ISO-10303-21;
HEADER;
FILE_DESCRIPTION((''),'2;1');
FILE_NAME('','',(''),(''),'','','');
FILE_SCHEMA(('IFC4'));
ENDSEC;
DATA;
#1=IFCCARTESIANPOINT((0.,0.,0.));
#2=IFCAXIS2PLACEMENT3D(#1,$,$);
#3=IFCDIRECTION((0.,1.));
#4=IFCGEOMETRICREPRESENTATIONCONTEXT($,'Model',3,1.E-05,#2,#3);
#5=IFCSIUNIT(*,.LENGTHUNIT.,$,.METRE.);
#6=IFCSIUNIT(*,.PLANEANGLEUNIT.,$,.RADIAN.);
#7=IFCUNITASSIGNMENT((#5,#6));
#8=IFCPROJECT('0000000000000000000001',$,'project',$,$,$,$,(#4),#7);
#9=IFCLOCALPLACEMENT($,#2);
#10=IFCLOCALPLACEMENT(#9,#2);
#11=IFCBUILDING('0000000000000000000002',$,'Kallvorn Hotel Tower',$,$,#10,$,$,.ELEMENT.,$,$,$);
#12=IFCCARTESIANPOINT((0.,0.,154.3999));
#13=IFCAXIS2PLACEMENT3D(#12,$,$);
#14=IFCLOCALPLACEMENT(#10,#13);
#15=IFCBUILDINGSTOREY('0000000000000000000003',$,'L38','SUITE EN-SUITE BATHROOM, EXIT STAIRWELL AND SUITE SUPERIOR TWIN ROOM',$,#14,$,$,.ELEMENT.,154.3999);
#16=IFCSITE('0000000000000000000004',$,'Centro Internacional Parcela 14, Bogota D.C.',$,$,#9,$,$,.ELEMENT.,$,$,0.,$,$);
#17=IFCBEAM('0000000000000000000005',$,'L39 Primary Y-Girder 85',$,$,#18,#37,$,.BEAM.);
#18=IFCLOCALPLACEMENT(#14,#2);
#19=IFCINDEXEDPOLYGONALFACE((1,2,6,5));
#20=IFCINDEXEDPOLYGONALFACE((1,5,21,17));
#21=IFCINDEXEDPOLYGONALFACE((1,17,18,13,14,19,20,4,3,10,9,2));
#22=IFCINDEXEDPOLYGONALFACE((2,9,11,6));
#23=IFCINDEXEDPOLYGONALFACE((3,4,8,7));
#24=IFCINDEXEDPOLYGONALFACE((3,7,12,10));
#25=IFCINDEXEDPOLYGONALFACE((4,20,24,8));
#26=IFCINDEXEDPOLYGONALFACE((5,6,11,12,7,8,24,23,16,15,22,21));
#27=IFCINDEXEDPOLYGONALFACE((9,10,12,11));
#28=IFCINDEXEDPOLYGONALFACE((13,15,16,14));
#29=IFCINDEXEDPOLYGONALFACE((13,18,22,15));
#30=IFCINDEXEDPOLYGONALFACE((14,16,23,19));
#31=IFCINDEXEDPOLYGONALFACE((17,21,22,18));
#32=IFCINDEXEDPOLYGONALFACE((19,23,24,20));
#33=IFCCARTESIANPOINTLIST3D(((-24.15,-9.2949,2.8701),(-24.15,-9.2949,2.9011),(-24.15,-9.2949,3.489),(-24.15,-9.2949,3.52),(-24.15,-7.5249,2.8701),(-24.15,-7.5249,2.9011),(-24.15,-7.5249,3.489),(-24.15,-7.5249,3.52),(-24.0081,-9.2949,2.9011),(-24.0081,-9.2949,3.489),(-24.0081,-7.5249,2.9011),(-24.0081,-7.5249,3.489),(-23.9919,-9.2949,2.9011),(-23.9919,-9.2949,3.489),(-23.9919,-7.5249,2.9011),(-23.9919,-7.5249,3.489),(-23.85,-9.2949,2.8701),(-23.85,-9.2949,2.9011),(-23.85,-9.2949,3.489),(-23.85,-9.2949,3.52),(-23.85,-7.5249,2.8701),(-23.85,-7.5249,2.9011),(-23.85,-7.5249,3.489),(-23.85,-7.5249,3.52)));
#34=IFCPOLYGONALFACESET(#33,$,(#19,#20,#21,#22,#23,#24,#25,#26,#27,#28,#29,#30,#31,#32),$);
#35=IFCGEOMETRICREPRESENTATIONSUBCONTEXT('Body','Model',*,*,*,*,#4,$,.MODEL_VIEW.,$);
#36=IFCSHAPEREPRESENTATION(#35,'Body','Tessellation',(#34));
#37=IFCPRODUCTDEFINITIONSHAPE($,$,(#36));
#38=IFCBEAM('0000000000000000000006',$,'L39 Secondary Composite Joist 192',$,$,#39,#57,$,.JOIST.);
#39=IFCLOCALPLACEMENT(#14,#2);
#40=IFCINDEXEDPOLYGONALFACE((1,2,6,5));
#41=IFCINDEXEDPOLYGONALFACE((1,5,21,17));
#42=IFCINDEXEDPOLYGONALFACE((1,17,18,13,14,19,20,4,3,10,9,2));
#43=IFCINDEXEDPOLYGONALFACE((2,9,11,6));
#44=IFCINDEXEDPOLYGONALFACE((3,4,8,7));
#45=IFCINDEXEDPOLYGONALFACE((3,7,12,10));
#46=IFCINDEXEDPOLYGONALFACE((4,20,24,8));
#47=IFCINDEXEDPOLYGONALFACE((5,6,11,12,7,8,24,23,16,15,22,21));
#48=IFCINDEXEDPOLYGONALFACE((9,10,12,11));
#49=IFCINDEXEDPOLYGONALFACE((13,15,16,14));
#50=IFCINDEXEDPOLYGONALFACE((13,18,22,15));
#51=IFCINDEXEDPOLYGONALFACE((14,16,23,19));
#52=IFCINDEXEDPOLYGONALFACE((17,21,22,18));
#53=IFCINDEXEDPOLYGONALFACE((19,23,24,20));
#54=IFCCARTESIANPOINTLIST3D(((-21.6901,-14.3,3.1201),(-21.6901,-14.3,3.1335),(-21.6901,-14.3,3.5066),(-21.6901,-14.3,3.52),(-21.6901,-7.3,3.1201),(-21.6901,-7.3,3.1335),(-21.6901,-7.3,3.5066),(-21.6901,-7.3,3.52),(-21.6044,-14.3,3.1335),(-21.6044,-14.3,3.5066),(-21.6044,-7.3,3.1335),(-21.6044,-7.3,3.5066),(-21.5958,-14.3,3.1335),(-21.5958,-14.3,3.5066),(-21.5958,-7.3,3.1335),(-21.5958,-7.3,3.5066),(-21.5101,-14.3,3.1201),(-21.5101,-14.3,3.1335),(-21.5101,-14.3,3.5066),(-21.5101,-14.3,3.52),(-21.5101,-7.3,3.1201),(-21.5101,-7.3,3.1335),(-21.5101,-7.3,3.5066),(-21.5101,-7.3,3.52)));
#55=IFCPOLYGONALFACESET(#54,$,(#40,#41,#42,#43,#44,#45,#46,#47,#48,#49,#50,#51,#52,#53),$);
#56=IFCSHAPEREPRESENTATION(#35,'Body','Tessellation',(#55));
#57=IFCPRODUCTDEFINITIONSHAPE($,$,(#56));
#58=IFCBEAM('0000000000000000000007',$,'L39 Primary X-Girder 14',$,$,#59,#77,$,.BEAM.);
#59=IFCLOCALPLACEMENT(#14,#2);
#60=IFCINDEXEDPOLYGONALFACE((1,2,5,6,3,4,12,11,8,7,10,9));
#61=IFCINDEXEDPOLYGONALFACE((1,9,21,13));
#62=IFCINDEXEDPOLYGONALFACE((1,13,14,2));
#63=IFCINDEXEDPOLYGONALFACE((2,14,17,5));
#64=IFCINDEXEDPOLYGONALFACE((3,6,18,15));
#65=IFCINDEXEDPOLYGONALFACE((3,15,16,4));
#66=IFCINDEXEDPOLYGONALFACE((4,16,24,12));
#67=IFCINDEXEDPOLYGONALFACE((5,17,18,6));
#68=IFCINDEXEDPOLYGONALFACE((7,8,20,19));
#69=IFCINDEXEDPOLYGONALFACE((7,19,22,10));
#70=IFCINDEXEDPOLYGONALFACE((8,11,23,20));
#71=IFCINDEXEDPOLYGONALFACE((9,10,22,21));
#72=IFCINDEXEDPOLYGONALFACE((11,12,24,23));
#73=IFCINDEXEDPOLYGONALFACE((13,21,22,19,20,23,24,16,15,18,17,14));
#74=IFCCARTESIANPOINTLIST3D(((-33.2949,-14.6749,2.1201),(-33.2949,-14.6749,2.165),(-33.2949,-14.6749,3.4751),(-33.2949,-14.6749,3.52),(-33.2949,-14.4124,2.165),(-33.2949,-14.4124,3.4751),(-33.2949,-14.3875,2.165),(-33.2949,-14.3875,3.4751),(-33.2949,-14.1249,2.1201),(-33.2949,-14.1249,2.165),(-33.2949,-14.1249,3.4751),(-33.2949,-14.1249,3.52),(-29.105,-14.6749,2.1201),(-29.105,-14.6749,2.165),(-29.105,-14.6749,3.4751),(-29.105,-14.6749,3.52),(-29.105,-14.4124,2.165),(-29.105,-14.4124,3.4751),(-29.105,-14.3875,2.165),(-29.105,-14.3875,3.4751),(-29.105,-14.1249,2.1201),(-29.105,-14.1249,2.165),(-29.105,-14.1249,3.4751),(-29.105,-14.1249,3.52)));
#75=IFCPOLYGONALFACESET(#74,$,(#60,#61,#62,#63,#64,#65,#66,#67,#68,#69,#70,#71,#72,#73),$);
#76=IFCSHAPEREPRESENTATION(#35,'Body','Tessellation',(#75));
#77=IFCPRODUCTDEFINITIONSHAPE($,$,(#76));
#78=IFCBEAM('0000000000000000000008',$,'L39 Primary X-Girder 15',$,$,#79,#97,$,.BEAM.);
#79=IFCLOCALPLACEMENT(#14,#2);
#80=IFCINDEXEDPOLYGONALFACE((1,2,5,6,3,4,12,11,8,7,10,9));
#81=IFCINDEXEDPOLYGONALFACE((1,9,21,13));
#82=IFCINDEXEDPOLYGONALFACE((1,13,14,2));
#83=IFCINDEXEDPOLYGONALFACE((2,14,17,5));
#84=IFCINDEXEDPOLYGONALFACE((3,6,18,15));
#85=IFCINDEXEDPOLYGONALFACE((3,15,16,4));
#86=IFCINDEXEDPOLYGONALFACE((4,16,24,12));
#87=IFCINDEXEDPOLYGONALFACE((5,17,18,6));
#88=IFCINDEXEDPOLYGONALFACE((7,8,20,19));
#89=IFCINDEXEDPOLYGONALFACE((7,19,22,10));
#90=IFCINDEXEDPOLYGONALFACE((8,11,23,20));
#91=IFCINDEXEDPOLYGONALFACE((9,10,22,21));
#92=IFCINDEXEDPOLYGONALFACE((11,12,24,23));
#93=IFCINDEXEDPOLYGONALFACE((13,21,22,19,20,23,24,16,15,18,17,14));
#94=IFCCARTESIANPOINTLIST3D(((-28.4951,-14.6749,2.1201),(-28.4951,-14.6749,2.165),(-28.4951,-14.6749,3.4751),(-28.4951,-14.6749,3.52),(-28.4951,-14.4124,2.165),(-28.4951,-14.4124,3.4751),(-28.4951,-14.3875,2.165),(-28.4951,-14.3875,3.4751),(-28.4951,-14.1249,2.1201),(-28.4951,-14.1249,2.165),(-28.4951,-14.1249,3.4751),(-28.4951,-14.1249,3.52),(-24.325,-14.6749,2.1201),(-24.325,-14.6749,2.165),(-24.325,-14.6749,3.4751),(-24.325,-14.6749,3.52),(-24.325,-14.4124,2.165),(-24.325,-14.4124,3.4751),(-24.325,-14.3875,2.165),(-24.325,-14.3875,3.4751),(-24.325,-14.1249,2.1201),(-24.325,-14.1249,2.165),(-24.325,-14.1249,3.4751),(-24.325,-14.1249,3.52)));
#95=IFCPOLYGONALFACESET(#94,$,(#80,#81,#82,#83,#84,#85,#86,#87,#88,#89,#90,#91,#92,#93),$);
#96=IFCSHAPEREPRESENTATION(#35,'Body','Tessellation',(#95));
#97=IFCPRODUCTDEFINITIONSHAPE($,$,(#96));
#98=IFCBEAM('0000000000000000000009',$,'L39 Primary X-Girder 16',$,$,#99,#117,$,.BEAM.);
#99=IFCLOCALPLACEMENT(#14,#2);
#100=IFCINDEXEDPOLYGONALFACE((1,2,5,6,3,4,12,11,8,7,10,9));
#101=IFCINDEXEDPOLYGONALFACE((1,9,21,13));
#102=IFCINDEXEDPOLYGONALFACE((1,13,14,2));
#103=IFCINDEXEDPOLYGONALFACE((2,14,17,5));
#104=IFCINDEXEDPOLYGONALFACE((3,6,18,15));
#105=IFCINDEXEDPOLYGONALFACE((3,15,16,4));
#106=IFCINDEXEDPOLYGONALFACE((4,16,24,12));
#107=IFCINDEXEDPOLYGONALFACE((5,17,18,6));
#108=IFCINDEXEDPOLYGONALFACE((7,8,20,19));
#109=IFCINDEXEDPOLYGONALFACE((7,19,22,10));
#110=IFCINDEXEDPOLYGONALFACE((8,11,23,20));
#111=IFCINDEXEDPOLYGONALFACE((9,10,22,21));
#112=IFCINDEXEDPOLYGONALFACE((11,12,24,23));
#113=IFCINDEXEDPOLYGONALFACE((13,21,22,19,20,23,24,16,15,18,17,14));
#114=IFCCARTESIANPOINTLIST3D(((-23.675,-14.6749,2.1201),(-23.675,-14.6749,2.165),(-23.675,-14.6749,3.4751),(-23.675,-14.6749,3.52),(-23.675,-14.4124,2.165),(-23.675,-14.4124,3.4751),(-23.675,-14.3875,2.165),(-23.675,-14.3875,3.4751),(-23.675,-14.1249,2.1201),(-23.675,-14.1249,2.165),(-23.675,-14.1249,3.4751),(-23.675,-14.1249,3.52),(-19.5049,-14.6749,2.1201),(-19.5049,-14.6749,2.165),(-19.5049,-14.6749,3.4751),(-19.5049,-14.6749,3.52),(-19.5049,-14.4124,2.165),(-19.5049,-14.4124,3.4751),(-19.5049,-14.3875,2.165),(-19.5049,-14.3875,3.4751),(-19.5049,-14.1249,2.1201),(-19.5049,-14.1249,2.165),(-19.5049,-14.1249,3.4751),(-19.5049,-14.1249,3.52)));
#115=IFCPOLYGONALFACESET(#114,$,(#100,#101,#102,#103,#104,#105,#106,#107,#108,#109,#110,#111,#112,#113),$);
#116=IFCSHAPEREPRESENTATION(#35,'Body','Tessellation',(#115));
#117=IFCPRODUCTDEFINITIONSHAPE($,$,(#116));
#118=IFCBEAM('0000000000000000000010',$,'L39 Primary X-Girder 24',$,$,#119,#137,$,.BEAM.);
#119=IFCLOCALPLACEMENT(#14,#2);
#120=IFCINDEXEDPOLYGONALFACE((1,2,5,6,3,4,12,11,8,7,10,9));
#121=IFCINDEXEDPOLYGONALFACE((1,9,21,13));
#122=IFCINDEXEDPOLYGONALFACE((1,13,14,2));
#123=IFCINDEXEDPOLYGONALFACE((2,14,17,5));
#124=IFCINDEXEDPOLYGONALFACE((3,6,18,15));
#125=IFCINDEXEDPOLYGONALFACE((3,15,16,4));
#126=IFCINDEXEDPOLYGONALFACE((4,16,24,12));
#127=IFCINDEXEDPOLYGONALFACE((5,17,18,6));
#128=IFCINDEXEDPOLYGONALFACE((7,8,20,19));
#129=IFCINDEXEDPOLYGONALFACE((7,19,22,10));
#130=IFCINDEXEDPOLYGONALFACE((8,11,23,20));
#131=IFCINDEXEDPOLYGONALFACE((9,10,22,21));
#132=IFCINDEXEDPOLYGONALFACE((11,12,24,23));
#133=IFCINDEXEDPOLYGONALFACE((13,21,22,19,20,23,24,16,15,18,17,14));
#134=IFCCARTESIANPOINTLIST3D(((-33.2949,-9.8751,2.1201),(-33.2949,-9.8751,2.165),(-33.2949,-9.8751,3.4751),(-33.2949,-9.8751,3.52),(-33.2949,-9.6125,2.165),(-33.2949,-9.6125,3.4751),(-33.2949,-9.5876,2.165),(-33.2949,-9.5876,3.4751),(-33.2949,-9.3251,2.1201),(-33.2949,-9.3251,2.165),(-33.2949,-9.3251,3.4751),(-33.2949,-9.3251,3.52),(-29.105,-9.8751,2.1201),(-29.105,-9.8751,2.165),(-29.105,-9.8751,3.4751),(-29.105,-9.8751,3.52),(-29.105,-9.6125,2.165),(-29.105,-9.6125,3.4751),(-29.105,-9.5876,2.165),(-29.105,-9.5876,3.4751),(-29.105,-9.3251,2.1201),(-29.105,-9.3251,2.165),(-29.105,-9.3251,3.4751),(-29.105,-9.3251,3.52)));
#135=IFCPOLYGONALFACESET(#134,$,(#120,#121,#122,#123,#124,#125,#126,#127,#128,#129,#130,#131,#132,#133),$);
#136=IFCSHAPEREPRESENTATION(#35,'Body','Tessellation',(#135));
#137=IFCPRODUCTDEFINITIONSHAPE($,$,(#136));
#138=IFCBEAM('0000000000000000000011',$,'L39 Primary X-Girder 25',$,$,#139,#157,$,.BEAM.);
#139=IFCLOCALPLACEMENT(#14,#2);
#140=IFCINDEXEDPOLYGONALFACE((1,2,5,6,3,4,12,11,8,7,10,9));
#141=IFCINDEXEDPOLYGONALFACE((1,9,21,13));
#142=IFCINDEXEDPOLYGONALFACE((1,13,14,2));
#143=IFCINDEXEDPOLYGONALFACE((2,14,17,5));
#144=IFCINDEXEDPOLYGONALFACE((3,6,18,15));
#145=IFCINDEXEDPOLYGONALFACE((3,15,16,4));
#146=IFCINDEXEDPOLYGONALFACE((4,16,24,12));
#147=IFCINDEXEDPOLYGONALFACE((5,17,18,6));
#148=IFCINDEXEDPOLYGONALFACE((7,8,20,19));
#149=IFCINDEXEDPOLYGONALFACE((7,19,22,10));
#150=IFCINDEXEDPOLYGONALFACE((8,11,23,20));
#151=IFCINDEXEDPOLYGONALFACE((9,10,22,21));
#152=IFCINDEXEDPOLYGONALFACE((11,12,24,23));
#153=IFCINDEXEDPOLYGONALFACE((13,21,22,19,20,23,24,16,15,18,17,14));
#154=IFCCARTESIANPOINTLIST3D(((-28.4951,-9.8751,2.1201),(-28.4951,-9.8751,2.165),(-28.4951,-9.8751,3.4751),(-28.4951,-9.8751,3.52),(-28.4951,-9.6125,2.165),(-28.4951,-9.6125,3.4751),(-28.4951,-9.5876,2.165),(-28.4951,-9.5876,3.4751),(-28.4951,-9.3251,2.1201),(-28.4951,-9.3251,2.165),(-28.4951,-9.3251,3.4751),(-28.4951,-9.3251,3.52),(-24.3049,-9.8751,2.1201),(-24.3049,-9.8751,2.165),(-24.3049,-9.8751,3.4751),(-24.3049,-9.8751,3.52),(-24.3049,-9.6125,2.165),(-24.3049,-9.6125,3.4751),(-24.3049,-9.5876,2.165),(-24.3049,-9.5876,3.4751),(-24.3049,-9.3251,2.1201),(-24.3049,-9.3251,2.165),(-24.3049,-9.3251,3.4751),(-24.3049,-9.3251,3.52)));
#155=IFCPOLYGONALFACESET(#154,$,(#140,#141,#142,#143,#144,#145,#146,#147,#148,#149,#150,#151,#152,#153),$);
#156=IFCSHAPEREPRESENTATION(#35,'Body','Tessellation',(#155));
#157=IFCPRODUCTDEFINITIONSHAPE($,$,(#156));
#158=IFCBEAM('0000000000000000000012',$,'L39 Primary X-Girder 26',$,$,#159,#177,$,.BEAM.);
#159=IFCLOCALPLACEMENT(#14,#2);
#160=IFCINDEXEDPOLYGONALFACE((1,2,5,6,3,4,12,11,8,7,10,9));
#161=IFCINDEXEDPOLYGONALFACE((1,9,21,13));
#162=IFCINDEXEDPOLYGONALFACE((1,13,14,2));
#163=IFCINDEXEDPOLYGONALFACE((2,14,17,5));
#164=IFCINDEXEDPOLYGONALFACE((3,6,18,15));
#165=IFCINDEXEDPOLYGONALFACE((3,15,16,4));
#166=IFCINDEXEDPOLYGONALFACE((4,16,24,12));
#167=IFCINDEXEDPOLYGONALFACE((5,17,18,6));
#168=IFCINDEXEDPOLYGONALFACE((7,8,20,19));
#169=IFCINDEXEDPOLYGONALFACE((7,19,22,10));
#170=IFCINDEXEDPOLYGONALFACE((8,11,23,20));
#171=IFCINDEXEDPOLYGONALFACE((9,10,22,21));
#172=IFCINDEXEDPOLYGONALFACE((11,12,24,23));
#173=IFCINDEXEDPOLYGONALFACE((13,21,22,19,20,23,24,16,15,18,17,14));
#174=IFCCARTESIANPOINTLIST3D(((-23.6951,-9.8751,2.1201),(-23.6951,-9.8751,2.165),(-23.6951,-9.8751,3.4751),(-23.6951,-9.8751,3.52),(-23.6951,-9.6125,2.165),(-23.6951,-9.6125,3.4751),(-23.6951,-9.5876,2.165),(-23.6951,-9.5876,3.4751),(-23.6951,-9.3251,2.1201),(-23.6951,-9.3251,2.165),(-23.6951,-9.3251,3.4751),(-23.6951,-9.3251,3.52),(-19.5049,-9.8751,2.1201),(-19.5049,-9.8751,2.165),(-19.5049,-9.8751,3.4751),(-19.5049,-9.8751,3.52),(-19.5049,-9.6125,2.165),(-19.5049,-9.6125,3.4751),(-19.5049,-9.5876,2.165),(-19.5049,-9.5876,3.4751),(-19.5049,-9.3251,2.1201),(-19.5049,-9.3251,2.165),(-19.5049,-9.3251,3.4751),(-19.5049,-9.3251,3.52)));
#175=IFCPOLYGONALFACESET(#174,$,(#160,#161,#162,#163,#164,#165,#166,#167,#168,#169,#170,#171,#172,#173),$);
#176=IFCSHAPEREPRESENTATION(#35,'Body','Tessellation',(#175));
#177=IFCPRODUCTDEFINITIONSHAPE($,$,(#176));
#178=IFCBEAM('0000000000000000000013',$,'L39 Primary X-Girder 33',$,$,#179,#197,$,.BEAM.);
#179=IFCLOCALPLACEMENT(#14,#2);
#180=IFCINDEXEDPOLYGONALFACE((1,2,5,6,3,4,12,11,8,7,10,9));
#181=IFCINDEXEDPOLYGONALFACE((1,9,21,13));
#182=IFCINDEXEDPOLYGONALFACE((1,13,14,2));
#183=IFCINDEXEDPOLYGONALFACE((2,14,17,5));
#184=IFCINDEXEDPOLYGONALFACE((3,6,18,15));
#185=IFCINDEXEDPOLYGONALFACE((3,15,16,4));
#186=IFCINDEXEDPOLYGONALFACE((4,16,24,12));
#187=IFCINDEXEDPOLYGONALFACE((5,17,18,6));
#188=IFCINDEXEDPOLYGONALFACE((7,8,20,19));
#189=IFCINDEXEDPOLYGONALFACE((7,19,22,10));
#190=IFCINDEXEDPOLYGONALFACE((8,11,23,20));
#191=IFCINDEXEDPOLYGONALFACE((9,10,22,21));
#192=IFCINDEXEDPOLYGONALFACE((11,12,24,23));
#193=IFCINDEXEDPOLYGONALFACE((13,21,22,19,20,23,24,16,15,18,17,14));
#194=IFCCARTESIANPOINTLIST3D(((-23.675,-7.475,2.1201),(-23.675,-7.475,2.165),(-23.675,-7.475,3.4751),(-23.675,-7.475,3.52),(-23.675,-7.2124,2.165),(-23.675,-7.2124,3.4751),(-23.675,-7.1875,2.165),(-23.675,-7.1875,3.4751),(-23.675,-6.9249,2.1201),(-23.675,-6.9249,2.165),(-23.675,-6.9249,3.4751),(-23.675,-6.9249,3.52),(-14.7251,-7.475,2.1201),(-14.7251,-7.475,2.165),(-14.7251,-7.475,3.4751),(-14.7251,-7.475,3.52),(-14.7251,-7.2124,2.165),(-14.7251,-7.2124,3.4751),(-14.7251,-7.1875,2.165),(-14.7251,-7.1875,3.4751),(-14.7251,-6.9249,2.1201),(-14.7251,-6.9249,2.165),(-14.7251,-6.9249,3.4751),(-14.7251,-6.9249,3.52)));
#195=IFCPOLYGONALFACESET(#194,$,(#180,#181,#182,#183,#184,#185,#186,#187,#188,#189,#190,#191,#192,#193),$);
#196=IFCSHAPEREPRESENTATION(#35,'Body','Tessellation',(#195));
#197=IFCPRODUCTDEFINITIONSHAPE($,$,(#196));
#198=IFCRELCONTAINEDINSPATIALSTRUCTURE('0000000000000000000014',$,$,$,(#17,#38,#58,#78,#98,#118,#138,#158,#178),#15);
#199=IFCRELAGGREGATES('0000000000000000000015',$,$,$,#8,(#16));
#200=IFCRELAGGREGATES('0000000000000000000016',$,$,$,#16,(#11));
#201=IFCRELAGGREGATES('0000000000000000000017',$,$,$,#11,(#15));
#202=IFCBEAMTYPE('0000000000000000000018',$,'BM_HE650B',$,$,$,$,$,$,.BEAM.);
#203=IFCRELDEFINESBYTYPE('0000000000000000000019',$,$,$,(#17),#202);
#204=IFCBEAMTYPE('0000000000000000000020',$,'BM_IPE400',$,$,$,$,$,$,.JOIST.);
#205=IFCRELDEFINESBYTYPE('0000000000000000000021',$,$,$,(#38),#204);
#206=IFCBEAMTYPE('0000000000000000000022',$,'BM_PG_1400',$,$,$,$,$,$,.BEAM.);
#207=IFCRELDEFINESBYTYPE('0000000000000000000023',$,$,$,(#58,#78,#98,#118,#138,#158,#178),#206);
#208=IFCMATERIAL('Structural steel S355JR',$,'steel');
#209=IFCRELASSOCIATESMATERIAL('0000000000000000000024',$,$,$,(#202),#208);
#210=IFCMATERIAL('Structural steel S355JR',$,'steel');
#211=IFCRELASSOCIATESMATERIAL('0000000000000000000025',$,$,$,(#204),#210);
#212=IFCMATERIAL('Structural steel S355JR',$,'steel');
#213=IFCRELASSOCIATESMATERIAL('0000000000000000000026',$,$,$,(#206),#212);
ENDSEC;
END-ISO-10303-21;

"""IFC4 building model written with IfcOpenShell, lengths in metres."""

from ifc_helpers import new_model, si_unit, direction, frame, origin, origin_2d, place, context, subcontext, project, spatial, i_section, extrude, material, material_profile, profile_set, type_object, element, save


model = new_model("IFC4")

# Units and contexts
model_context = context("Model", 3, precision=1e-05, world=origin(), true_north=direction((0.0, 1.0)))
body_context = subcontext(model_context, "Body", "Model", "MODEL_VIEW")
ifc_project = project(units=[si_unit("LENGTHUNIT", "METRE"), si_unit("PLANEANGLEUNIT", "RADIAN")], contexts=[model_context])

# Site, building, storey
site_placement = place(None, origin())
site = spatial("IfcSite", under=ifc_project, at=site_placement, Name="Centro Internacional Parcela 14, Bogota D.C.", CompositionType="ELEMENT", RefElevation=0.0)
building_placement = place(site_placement, origin())
building = spatial("IfcBuilding", under=site, at=building_placement, Name="Kallvorn Hotel Tower", CompositionType="ELEMENT")
storey_placement = place(building_placement, frame((0.0, 0.0, 154.3999)))
storey = spatial("IfcBuildingStorey", under=building, at=storey_placement, Name="L38", Description="SUITE EN-SUITE BATHROOM, EXIT STAIRWELL AND SUITE SUPERIOR TWIN ROOM", CompositionType="ELEMENT", Elevation=154.3999)

# Beams
ifc_material_1 = material(Name="Structural steel S355JR", Category="steel")
ifc_material_profile_1 = material_profile(ifc_material_1, i_section(OverallWidth=0.3, OverallDepth=0.6499, WebThickness=0.0161, FlangeThickness=0.031, at=origin_2d()), Name="HE 650 B")
ifc_profile_set_1 = profile_set([ifc_material_profile_1], Name="Structural steel S355JR")
beam_type_1 = type_object("IfcBeamType", Name="BM_HE650B", PredefinedType="BEAM", material=ifc_profile_set_1)
beam_1_placement = place(storey_placement, frame((-24.0, -9.2949, 3.1951), z_axis=(0.0, 1.0, 0.0), x_axis=(-1.0, 0.0, 0.0)))
element("IfcBeam", 1, at=beam_1_placement, inside=storey, type_object=beam_type_1, Name="L39 Primary Y-Girder 85", PredefinedType="BEAM", context=body_context, shape_type="SweptSolid", body=[
    extrude(i_section(OverallWidth=0.3, OverallDepth=0.6499, WebThickness=0.0161, FlangeThickness=0.031, at=origin_2d()), origin(), (0.0, 0.0, 1.0), 1.77),
])
ifc_material_2 = material(Name="Structural steel S355JR", Category="steel")
ifc_material_profile_2 = material_profile(ifc_material_2, i_section(OverallWidth=0.1799, OverallDepth=0.3999, WebThickness=0.0085, FlangeThickness=0.0134, at=origin_2d()), Name="IPE 400")
ifc_profile_set_2 = profile_set([ifc_material_profile_2], Name="Structural steel S355JR")
beam_type_2 = type_object("IfcBeamType", Name="BM_IPE400", PredefinedType="JOIST", material=ifc_profile_set_2)
beam_2_placement = place(storey_placement, frame((-21.6001, -14.3, 3.3201), z_axis=(0.0, 1.0, 0.0), x_axis=(-1.0, 0.0, 0.0)))
element("IfcBeam", 2, at=beam_2_placement, inside=storey, type_object=beam_type_2, Name="L39 Secondary Composite Joist 192", PredefinedType="JOIST", context=body_context, shape_type="SweptSolid", body=[
    extrude(i_section(OverallWidth=0.1799, OverallDepth=0.3999, WebThickness=0.0085, FlangeThickness=0.0134, at=origin_2d()), origin(), (0.0, 0.0, 1.0), 7.0),
])
ifc_material_3 = material(Name="Structural steel S355JR", Category="steel")
ifc_material_profile_3 = material_profile(ifc_material_3, i_section(OverallWidth=0.55, OverallDepth=1.3999, WebThickness=0.0249, FlangeThickness=0.0449, at=origin_2d()), Name="PG 1400x550x25x45")
ifc_profile_set_3 = profile_set([ifc_material_profile_3], Name="Structural steel S355JR")
beam_type_3 = type_object("IfcBeamType", Name="BM_PG_1400", PredefinedType="BEAM", material=ifc_profile_set_3)
beam_3_placement = place(storey_placement, frame((-33.2949, -14.3999, 2.8201), z_axis=(1.0, 0.0, 0.0), x_axis=(0.0, 1.0, 0.0)))
element("IfcBeam", 3, at=beam_3_placement, inside=storey, type_object=beam_type_3, Name="L39 Primary X-Girder 14", PredefinedType="BEAM", context=body_context, shape_type="SweptSolid", body=[
    extrude(i_section(OverallWidth=0.55, OverallDepth=1.3999, WebThickness=0.0249, FlangeThickness=0.0449, at=origin_2d()), origin(), (0.0, 0.0, 1.0), 4.1899),
])
for number, where, z_axis, x_axis, name in (
    (4, (-28.4951, -14.3999, 2.8201), (1.0, 0.0, 0.0), (0.0, 1.0, 0.0), "L39 Primary X-Girder 15"),
    (5, (-23.675, -14.3999, 2.8201), (1.0, 0.0, 0.0), (0.0, 1.0, 0.0), "L39 Primary X-Girder 16"),
):
    element("IfcBeam", number, at=place(storey_placement, frame(where, z_axis=z_axis, x_axis=x_axis)), inside=storey, type_object=beam_type_3, Name=name, PredefinedType="BEAM", context=body_context, shape_type="SweptSolid", body=[
        extrude(i_section(OverallWidth=0.55, OverallDepth=1.3999, WebThickness=0.0249, FlangeThickness=0.0449, at=origin_2d()), origin(), (0.0, 0.0, 1.0), 4.1702),
    ])
beam_4_placement = place(storey_placement, frame((-33.2949, -9.6001, 2.8201), z_axis=(1.0, 0.0, 0.0), x_axis=(0.0, 1.0, 0.0)))
element("IfcBeam", 6, at=beam_4_placement, inside=storey, type_object=beam_type_3, Name="L39 Primary X-Girder 24", PredefinedType="BEAM", context=body_context, shape_type="SweptSolid", body=[
    extrude(i_section(OverallWidth=0.55, OverallDepth=1.3999, WebThickness=0.0249, FlangeThickness=0.0449, at=origin_2d()), origin(), (0.0, 0.0, 1.0), 4.1899),
])
for number, where, z_axis, x_axis, name in (
    (7, (-28.4951, -9.6001, 2.8201), (1.0, 0.0, 0.0), (0.0, 1.0, 0.0), "L39 Primary X-Girder 25"),
    (8, (-23.6951, -9.6001, 2.8201), (1.0, 0.0, 0.0), (0.0, 1.0, 0.0), "L39 Primary X-Girder 26"),
):
    element("IfcBeam", number, at=place(storey_placement, frame(where, z_axis=z_axis, x_axis=x_axis)), inside=storey, type_object=beam_type_3, Name=name, PredefinedType="BEAM", context=body_context, shape_type="SweptSolid", body=[
        extrude(i_section(OverallWidth=0.55, OverallDepth=1.3999, WebThickness=0.0249, FlangeThickness=0.0449, at=origin_2d()), origin(), (0.0, 0.0, 1.0), 4.1902),
    ])
beam_5_placement = place(storey_placement, frame((-23.675, -7.2, 2.8201), z_axis=(1.0, 0.0, 0.0), x_axis=(0.0, 1.0, 0.0)))
element("IfcBeam", 9, at=beam_5_placement, inside=storey, type_object=beam_type_3, Name="L39 Primary X-Girder 33", PredefinedType="BEAM", context=body_context, shape_type="SweptSolid", body=[
    extrude(i_section(OverallWidth=0.55, OverallDepth=1.3999, WebThickness=0.0249, FlangeThickness=0.0449, at=origin_2d()), origin(), (0.0, 0.0, 1.0), 8.95),
])

save(model, "model.ifc")
